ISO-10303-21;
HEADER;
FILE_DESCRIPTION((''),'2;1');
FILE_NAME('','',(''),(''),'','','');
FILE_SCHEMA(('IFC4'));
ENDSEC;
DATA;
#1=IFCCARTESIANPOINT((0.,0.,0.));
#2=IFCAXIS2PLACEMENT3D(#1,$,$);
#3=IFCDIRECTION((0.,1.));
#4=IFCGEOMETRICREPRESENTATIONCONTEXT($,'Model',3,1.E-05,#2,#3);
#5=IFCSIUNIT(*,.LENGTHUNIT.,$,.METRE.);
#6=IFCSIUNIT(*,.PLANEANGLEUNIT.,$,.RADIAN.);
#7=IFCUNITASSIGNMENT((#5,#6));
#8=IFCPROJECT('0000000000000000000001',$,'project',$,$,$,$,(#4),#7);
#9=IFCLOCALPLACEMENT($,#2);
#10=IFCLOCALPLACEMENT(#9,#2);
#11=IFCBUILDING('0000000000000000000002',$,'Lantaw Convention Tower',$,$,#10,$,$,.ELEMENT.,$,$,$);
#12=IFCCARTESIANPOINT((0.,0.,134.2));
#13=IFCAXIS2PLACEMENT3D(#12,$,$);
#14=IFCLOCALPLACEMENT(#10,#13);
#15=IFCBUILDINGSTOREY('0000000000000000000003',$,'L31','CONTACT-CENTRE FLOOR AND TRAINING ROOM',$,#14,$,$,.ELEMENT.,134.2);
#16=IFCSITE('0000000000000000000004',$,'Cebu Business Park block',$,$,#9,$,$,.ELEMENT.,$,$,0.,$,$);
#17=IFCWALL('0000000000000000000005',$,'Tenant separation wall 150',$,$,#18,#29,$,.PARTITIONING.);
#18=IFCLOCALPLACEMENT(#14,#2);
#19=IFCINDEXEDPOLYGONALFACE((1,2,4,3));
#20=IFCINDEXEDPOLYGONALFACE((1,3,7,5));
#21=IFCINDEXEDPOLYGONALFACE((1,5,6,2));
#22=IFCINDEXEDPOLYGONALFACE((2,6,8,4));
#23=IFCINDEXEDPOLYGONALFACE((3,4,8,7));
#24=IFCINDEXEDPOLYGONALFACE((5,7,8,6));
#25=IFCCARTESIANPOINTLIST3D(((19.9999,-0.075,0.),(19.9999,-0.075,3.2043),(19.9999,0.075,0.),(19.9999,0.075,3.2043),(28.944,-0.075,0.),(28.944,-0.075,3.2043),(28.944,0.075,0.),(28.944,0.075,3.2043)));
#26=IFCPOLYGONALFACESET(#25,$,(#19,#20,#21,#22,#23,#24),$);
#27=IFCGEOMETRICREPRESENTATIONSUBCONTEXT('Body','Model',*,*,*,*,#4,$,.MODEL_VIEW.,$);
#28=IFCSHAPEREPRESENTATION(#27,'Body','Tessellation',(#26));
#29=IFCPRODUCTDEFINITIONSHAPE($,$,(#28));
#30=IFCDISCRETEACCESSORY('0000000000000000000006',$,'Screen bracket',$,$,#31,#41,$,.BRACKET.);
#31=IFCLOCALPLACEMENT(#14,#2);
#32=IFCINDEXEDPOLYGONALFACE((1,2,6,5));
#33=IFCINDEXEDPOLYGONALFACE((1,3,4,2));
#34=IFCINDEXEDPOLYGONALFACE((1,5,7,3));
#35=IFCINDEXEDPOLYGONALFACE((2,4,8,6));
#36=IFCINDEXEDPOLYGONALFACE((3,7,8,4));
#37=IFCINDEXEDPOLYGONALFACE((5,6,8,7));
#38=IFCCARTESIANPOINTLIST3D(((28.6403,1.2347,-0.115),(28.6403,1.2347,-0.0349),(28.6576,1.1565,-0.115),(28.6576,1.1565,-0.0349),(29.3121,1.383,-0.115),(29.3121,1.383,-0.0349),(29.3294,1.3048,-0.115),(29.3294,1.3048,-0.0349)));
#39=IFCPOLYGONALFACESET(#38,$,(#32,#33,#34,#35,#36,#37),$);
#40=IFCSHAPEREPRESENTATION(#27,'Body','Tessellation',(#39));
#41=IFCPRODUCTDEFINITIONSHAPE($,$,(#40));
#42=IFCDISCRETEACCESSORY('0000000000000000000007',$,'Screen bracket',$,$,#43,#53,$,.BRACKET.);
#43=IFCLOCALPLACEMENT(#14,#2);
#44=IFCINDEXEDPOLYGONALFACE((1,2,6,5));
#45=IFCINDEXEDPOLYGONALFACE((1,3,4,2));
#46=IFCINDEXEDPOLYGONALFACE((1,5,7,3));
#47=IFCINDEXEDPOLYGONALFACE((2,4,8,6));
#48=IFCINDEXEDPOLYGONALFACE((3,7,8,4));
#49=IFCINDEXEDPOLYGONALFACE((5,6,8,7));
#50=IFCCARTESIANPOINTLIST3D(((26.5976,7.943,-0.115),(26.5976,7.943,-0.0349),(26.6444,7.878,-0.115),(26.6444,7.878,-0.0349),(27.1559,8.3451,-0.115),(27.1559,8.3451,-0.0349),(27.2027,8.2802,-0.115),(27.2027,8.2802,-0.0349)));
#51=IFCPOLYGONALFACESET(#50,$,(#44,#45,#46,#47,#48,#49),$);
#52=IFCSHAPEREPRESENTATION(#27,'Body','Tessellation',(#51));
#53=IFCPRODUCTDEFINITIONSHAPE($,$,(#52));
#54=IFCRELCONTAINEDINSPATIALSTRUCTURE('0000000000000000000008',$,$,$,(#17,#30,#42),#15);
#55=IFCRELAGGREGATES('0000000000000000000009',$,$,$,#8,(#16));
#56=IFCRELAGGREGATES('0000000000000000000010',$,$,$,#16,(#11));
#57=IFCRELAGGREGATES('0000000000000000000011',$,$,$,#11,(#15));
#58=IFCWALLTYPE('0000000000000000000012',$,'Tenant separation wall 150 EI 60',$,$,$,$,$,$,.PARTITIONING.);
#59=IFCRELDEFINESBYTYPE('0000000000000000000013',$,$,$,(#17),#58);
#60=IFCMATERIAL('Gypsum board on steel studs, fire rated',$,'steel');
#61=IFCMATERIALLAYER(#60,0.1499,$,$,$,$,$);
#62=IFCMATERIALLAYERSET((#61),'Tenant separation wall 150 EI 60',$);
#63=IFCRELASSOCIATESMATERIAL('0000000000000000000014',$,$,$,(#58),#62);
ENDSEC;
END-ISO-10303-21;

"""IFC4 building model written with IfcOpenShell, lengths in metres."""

from ifc_helpers import new_model, si_unit, direction, frame, frame_2d, origin, origin_2d, place, context, subcontext, project, spatial, rectangle, extrude, material, layer, layer_set, type_object, element, save


model = new_model("IFC4")

# Units and contexts
model_context = context("Model", 3, precision=1e-05, world=origin(), true_north=direction((0.0, 1.0)))
body_context = subcontext(model_context, "Body", "Model", "MODEL_VIEW")
ifc_project = project(units=[si_unit("LENGTHUNIT", "METRE"), si_unit("PLANEANGLEUNIT", "RADIAN")], contexts=[model_context])

# Site, building, storey
site_placement = place(None, origin())
site = spatial("IfcSite", under=ifc_project, at=site_placement, Name="Cebu Business Park block", CompositionType="ELEMENT", RefElevation=0.0)
building_placement = place(site_placement, origin())
building = spatial("IfcBuilding", under=site, at=building_placement, Name="Lantaw Convention Tower", CompositionType="ELEMENT")
storey_placement = place(building_placement, frame((0.0, 0.0, 134.2)))
storey = spatial("IfcBuildingStorey", under=building, at=storey_placement, Name="L31", Description="CONTACT-CENTRE FLOOR AND TRAINING ROOM", CompositionType="ELEMENT", Elevation=134.2)

# Wall
ifc_material_1 = material(Name="Gypsum board on steel studs, fire rated", Category="steel")
ifc_layer_1 = layer(ifc_material_1, 0.1499)
ifc_layer_set_1 = layer_set([ifc_layer_1], Name="Tenant separation wall 150 EI 60")
wall_type_1 = type_object("IfcWallType", Name="Tenant separation wall 150 EI 60", PredefinedType="PARTITIONING", material=ifc_layer_set_1)
wall_1_placement = place(storey_placement, frame((28.9441, 0.0, 0.0), z_axis=(0.0, 0.0, 1.0), x_axis=(-1.0, 0.0, 0.0)))
element("IfcWall", 1, at=wall_1_placement, inside=storey, type_object=wall_type_1, Name="Tenant separation wall 150", PredefinedType="PARTITIONING", context=body_context, shape_type="SweptSolid", body=[
    extrude(rectangle(XDim=8.9441, YDim=0.1499, at=frame_2d((4.4722, 0.0))), origin(), (0.0, 0.0, 1.0), 3.2043),
])

# Discrete accessories
for number, where, z_axis, x_axis, name in (
    (2, (28.9849, 1.2698, -0.115), (0.0, 0.0, 1.0), (-0.215546, 0.976494, 0.0), "Screen bracket"),
    (3, (26.9001, 8.1116, -0.115), (0.0, 0.0, 1.0), (-0.584513, 0.811385, 0.0), "Screen bracket"),
):
    element("IfcDiscreteAccessory", number, at=place(storey_placement, frame(where, z_axis=z_axis, x_axis=x_axis)), inside=storey, Name=name, PredefinedType="BRACKET", context=body_context, shape_type="SweptSolid", body=[
        extrude(rectangle(XDim=0.0801, YDim=0.688, at=origin_2d()), origin(), (0.0, 0.0, 1.0), 0.0801),
    ])

save(model, "model.ifc")
